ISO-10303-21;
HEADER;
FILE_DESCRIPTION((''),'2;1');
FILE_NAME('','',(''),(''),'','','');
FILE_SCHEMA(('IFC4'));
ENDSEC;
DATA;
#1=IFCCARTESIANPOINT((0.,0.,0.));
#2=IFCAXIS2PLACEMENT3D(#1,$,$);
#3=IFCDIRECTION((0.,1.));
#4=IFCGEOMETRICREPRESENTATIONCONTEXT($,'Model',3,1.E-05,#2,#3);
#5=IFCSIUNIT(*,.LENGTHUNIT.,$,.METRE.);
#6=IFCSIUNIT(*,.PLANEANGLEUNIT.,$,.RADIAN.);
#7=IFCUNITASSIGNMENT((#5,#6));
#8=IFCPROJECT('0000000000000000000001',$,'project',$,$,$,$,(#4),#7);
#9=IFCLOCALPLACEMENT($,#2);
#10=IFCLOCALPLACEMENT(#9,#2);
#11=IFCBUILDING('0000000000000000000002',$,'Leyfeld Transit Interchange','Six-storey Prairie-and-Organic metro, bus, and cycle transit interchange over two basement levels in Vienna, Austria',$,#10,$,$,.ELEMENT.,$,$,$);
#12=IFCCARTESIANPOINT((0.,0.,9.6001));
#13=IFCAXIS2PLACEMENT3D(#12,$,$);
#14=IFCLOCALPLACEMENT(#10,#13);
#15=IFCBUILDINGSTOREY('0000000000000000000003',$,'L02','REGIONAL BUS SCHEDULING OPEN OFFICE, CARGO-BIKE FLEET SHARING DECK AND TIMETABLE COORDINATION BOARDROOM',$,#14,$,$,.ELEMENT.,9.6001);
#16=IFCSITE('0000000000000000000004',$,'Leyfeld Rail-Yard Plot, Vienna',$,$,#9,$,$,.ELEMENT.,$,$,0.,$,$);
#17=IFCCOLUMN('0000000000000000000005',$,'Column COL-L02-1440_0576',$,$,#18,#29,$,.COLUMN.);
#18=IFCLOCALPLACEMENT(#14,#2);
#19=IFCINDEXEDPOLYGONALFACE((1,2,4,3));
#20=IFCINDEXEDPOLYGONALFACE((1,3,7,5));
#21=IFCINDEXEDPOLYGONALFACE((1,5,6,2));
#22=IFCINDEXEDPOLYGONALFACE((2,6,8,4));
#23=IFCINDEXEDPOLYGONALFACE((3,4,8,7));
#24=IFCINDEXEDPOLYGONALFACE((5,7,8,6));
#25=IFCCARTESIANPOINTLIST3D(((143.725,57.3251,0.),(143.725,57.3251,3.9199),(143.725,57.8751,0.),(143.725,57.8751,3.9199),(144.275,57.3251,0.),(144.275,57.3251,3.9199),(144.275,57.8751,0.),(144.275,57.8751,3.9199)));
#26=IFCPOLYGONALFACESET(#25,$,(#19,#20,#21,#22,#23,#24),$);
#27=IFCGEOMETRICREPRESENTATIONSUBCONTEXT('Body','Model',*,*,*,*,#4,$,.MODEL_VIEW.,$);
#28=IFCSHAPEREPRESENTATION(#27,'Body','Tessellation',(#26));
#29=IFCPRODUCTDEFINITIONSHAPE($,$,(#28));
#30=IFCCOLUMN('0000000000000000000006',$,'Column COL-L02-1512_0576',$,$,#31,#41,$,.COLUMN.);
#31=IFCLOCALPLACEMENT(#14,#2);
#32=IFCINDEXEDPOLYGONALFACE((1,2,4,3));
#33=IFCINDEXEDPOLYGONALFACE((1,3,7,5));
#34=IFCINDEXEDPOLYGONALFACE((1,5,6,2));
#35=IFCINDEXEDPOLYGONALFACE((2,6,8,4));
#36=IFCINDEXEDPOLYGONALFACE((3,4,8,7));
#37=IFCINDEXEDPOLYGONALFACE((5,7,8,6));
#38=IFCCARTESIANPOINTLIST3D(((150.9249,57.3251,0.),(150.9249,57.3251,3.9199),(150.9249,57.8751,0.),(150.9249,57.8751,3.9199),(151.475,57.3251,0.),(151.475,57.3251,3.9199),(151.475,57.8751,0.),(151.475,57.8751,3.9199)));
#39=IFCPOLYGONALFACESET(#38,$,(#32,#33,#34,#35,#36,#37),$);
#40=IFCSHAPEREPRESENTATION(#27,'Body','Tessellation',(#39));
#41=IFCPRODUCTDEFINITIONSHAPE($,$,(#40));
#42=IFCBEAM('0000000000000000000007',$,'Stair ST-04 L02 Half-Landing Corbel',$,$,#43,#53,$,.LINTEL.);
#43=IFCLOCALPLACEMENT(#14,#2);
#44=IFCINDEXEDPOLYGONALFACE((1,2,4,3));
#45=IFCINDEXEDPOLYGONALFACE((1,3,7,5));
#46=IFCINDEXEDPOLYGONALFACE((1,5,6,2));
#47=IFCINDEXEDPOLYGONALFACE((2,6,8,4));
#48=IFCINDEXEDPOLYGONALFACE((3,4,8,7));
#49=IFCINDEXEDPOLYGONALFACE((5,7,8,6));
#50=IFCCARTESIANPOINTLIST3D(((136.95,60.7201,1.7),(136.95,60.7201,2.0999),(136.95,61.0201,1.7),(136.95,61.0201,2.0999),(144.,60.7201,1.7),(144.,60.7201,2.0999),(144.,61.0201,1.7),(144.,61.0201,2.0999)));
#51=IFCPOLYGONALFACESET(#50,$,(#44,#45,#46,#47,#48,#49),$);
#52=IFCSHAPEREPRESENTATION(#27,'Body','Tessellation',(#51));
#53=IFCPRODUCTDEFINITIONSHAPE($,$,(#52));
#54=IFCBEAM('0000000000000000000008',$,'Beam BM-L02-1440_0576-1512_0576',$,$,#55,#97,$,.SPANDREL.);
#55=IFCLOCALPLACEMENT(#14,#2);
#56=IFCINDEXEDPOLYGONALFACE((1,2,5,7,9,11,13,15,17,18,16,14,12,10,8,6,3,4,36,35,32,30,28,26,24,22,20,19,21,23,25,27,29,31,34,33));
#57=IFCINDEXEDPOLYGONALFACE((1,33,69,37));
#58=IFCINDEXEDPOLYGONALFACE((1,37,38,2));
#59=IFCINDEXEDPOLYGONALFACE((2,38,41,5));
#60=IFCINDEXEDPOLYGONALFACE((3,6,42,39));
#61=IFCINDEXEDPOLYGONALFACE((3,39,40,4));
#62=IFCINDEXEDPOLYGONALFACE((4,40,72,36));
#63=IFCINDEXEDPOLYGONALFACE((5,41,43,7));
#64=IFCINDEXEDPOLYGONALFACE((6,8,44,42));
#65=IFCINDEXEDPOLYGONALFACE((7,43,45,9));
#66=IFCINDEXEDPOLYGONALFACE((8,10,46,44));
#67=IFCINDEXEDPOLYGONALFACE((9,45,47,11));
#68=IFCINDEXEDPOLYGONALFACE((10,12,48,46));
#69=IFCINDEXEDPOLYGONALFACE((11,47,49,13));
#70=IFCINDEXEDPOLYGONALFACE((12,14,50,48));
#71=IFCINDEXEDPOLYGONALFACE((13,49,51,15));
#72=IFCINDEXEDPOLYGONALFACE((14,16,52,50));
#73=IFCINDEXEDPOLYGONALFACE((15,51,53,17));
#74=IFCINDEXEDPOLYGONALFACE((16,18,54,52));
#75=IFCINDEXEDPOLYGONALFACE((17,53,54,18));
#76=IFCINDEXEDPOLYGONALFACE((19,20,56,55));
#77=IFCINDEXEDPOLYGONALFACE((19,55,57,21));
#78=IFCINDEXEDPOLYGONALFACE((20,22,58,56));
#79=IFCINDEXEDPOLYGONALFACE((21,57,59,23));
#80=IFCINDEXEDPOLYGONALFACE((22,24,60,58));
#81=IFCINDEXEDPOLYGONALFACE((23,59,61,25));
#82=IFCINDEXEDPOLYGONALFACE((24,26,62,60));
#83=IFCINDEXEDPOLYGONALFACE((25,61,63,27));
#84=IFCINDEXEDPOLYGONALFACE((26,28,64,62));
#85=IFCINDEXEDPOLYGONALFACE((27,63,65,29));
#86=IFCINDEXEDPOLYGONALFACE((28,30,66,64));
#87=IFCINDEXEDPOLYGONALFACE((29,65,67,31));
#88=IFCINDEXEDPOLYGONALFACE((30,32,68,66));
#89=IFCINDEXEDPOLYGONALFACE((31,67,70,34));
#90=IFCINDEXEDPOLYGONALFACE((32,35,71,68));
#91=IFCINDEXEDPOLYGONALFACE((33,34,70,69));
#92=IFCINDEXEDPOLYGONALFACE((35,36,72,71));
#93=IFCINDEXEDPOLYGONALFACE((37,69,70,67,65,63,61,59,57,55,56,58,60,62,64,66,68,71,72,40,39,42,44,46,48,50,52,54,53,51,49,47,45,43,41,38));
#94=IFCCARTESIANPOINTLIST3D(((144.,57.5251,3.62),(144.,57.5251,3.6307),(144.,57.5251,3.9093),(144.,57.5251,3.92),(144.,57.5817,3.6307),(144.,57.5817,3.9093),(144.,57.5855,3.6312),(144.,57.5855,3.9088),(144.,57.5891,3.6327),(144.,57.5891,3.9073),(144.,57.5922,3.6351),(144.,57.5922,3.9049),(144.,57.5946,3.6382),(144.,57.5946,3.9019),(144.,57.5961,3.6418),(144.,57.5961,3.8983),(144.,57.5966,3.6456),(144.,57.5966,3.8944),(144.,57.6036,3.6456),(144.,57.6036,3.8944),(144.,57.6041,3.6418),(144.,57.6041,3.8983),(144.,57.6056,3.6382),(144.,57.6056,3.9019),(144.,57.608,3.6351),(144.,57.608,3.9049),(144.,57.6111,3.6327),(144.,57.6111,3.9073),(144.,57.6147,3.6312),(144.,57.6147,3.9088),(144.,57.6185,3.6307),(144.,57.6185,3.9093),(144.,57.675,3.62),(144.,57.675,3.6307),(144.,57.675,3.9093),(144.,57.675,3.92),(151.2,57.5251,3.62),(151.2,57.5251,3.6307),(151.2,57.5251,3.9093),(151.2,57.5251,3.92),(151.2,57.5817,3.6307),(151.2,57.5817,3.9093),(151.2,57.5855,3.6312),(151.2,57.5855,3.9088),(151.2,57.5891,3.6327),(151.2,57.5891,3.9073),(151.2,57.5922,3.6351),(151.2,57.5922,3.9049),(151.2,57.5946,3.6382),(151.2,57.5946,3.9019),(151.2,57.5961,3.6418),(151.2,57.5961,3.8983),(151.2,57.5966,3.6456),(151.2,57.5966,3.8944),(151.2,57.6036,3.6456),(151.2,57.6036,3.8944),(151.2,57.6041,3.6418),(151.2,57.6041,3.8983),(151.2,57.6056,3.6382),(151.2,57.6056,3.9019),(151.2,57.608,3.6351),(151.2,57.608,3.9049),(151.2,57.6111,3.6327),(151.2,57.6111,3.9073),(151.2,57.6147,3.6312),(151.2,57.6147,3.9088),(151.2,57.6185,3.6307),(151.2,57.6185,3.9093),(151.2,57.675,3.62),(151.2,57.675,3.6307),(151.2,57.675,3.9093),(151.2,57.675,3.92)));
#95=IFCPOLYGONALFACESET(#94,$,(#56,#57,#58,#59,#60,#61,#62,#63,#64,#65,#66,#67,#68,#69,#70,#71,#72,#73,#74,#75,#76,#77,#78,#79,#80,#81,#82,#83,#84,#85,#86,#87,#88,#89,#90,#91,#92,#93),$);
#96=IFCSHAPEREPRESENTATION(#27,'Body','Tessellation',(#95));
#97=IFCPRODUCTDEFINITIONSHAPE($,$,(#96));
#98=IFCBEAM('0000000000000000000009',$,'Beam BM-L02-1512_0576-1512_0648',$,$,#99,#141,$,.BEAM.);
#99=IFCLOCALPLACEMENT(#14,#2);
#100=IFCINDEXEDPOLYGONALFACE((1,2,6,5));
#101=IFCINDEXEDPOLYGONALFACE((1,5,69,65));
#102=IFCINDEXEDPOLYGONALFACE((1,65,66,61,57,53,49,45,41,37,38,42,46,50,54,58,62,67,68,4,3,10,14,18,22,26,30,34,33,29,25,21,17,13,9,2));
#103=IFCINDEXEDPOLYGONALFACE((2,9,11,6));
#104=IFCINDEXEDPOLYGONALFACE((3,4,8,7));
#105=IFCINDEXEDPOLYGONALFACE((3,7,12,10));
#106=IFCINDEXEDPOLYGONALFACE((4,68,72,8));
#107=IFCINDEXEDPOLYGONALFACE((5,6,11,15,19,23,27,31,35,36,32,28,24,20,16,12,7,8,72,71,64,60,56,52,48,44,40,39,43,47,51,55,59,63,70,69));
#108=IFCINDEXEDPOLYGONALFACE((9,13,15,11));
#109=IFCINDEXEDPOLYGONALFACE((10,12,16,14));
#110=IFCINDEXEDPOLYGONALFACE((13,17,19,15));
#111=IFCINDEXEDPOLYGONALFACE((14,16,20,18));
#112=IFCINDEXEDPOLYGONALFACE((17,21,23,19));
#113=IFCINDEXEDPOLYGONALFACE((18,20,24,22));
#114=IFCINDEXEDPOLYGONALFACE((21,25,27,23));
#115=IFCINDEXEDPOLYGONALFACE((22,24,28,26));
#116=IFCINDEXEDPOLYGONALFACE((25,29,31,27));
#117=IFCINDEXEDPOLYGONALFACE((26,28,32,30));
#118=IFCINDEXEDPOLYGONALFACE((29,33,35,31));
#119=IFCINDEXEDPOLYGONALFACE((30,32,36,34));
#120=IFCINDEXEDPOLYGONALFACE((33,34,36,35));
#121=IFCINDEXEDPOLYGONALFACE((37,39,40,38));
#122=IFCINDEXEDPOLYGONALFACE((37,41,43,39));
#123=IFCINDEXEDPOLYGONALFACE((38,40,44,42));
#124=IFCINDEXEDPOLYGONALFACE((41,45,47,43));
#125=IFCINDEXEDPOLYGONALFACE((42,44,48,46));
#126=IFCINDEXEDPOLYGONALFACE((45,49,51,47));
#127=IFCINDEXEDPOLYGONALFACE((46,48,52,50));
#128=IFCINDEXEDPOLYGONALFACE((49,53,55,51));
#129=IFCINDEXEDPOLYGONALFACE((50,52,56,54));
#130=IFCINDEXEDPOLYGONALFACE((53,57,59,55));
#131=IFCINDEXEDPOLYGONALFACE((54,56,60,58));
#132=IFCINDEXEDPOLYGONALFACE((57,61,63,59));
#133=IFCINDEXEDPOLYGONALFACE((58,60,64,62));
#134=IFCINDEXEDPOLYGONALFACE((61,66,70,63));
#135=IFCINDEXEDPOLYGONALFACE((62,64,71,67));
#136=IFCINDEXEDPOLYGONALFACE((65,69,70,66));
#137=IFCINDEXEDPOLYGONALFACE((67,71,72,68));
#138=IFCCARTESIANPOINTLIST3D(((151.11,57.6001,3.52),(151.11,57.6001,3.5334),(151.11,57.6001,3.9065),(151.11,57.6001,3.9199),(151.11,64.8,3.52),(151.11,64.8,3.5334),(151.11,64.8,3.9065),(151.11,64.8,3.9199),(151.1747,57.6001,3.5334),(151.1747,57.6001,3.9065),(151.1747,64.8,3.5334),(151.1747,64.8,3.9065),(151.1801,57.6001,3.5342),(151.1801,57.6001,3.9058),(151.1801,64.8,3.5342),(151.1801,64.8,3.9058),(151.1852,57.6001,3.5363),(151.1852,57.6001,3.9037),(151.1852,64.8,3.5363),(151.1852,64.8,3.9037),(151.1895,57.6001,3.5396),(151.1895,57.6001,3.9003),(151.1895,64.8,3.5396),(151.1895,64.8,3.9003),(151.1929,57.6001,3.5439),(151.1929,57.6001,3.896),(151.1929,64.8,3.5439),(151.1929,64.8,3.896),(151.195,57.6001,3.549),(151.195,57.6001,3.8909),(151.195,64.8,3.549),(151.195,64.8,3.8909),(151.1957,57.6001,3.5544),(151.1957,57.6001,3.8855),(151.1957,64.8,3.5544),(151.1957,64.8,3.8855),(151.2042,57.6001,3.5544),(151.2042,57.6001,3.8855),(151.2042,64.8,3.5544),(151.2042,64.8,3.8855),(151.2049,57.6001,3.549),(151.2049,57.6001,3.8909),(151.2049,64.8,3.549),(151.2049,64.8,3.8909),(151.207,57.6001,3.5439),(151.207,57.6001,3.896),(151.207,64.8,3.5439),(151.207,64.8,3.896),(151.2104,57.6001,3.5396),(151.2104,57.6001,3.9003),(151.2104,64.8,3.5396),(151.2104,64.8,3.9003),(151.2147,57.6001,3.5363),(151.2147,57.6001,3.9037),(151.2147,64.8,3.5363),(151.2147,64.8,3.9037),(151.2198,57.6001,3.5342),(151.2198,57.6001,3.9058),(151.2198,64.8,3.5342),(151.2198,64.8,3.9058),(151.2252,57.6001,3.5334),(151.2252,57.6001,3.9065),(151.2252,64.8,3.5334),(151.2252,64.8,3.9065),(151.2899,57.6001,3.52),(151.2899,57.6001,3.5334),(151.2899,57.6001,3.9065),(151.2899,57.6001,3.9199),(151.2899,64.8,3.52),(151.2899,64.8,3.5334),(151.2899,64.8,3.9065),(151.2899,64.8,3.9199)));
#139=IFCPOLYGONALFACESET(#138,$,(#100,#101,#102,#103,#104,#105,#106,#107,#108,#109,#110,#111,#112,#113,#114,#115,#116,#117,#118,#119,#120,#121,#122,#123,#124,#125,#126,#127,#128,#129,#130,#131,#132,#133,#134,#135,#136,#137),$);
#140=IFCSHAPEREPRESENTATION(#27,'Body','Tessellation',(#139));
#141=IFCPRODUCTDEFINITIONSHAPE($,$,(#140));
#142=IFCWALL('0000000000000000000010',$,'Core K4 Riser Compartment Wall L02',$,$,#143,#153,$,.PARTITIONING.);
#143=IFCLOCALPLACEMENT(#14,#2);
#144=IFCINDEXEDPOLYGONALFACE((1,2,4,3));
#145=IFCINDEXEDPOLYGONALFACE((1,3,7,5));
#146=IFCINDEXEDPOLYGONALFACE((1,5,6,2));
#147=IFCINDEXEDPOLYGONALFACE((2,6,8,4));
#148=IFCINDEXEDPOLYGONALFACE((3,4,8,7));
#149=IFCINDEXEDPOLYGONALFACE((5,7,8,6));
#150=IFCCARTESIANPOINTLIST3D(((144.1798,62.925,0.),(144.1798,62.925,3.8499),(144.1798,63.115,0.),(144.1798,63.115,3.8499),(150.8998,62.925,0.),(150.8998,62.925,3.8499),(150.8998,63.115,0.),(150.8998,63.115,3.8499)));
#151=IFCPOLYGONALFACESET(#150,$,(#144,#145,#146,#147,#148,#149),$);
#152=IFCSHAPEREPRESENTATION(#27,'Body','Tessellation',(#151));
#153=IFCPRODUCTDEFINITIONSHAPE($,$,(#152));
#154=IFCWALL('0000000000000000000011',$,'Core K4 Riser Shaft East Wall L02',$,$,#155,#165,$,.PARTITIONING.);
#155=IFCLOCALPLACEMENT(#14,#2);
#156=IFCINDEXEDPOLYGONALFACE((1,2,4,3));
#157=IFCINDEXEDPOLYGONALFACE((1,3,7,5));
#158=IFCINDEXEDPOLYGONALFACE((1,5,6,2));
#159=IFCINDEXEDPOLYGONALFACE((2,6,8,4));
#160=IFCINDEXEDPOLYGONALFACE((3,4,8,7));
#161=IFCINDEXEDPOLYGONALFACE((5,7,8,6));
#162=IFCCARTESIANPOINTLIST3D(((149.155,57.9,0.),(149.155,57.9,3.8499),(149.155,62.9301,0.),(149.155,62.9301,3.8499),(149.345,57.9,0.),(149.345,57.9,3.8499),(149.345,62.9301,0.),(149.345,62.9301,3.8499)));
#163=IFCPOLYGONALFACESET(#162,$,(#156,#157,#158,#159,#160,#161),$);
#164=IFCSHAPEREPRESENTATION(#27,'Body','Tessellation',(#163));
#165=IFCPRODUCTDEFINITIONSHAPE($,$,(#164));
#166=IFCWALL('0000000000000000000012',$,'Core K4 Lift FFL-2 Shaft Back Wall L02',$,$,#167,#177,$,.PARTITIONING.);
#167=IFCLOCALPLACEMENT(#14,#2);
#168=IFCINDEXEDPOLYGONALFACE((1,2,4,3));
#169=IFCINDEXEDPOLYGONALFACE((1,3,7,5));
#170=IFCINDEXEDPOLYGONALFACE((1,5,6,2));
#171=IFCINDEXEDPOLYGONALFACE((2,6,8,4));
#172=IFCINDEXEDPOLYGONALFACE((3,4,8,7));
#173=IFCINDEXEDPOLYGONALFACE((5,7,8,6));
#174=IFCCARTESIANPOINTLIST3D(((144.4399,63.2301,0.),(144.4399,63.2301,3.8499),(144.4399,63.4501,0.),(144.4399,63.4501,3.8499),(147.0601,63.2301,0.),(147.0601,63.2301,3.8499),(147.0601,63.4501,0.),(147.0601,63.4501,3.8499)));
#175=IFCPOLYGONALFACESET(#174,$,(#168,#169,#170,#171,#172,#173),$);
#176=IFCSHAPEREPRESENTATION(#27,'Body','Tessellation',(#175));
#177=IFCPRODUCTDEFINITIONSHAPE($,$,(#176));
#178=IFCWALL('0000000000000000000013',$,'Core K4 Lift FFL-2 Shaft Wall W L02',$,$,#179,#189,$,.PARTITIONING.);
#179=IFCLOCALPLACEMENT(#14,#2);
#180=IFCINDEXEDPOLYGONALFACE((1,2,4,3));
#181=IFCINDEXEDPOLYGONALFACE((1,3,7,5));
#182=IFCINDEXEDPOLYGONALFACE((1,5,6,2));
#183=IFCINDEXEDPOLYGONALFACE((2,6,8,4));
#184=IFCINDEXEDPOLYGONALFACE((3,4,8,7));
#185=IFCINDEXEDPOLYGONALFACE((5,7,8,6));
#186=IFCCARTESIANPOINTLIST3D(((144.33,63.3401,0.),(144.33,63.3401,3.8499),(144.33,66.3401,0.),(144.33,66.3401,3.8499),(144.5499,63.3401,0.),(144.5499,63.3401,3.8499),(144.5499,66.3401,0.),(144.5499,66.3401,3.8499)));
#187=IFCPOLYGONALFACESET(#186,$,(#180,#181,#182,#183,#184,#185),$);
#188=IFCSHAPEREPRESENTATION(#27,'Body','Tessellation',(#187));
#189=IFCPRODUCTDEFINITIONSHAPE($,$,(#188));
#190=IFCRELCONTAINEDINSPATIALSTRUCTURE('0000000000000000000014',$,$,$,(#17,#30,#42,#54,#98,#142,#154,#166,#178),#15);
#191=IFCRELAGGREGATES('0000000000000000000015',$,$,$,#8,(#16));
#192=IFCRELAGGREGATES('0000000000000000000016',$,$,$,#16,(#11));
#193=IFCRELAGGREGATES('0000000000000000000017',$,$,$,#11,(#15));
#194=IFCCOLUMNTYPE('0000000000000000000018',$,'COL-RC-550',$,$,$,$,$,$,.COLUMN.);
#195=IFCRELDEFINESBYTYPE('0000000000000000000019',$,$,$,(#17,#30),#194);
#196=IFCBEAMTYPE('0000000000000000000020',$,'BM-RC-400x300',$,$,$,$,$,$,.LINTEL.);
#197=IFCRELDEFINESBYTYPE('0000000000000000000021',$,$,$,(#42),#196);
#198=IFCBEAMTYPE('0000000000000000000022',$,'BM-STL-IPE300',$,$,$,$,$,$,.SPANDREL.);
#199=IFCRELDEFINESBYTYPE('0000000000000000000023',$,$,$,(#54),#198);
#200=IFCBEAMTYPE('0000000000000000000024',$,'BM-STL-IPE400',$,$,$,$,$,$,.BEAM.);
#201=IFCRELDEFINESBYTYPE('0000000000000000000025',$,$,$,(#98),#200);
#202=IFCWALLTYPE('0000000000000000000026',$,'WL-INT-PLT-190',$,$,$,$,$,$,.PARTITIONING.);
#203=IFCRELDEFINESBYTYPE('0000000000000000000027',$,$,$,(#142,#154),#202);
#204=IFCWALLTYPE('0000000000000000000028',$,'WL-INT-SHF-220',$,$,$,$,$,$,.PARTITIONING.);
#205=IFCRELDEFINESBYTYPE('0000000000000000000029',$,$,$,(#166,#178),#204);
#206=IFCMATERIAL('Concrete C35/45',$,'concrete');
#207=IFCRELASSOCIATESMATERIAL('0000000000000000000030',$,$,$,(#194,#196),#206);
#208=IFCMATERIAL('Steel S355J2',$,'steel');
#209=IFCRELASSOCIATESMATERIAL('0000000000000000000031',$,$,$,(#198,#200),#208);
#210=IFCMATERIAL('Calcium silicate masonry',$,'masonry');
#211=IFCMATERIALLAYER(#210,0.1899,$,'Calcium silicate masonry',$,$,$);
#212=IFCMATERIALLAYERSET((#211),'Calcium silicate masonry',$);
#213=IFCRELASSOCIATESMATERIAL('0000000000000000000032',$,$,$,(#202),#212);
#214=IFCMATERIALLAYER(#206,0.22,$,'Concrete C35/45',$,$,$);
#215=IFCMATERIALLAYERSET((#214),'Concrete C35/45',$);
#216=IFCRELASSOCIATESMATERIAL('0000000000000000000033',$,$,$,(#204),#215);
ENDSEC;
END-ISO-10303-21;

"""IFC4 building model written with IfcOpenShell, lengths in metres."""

from ifc_helpers import new_model, si_unit, direction, frame, frame_2d, origin, origin_2d, place, context, subcontext, project, spatial, rectangle, i_section, extrude, material, layer, layer_set, material_profile, profile_set, type_object, element, save


model = new_model("IFC4")

# Units and contexts
model_context = context("Model", 3, precision=1e-05, world=origin(), true_north=direction((0.0, 1.0)))
body_context = subcontext(model_context, "Body", "Model", "MODEL_VIEW")
ifc_project = project(units=[si_unit("LENGTHUNIT", "METRE"), si_unit("PLANEANGLEUNIT", "RADIAN")], contexts=[model_context])

# Site, building, storey
site_placement = place(None, origin())
site = spatial("IfcSite", under=ifc_project, at=site_placement, Name="Leyfeld Rail-Yard Plot, Vienna", CompositionType="ELEMENT", RefElevation=0.0)
building_placement = place(site_placement, origin())
building = spatial("IfcBuilding", under=site, at=building_placement, Name="Leyfeld Transit Interchange", Description="Six-storey Prairie-and-Organic metro, bus, and cycle transit interchange over two basement levels in Vienna, Austria", CompositionType="ELEMENT")
storey_placement = place(building_placement, frame((0.0, 0.0, 9.6001)))
storey = spatial("IfcBuildingStorey", under=building, at=storey_placement, Name="L02", Description="REGIONAL BUS SCHEDULING OPEN OFFICE, CARGO-BIKE FLEET SHARING DECK AND TIMETABLE COORDINATION BOARDROOM", CompositionType="ELEMENT", Elevation=9.6001)

# Columns
ifc_material_1 = material(Name="Concrete C35/45", Category="concrete")
ifc_material_profile_1 = material_profile(ifc_material_1, rectangle(XDim=0.55, YDim=0.55, at=origin_2d()), Name="RC 550x550")
ifc_profile_set_1 = profile_set([ifc_material_profile_1], Name="Concrete C35/45")
column_type = type_object("IfcColumnType", Name="COL-RC-550", PredefinedType="COLUMN", material=ifc_profile_set_1)
for number, where, z_axis, x_axis, name in (
    (1, (144.0, 57.6001, 0.0), (0.0, 0.0, 1.0), (1.0, 0.0, 0.0), "Column COL-L02-1440_0576"),
    (2, (151.2, 57.6001, 0.0), (0.0, 0.0, 1.0), (1.0, 0.0, 0.0), "Column COL-L02-1512_0576"),
):
    element("IfcColumn", number, at=place(storey_placement, frame(where, z_axis=z_axis, x_axis=x_axis)), inside=storey, type_object=column_type, Name=name, PredefinedType="COLUMN", context=body_context, shape_type="SweptSolid", body=[
        extrude(rectangle(XDim=0.55, YDim=0.55, at=origin_2d()), origin(), (0.0, 0.0, 1.0), 3.9199),
    ])

# Beams
ifc_material_profile_2 = material_profile(ifc_material_1, rectangle(XDim=0.3, YDim=0.3999, at=origin_2d()), Name="RC 400x300")
ifc_profile_set_2 = profile_set([ifc_material_profile_2], Name="Concrete C35/45")
beam_type_1 = type_object("IfcBeamType", Name="BM-RC-400x300", PredefinedType="LINTEL", material=ifc_profile_set_2)
beam_1_placement = place(storey_placement, frame((136.95, 60.8701, 1.8999), z_axis=(1.0, 0.0, 0.0), x_axis=(0.0, 1.0, 0.0)))
element("IfcBeam", 3, at=beam_1_placement, inside=storey, type_object=beam_type_1, Name="Stair ST-04 L02 Half-Landing Corbel", PredefinedType="LINTEL", context=body_context, shape_type="SweptSolid", body=[
    extrude(rectangle(XDim=0.3, YDim=0.3999, at=origin_2d()), origin(), (0.0, 0.0, 1.0), 7.05),
])
ifc_material_2 = material(Name="Steel S355J2", Category="steel")
ifc_material_profile_3 = material_profile(ifc_material_2, i_section(OverallWidth=0.1499, OverallDepth=0.3, WebThickness=0.0071, FlangeThickness=0.0107, FilletRadius=0.0149, at=origin_2d()), Name="IPE 300")
ifc_profile_set_3 = profile_set([ifc_material_profile_3], Name="Steel S355J2")
beam_type_2 = type_object("IfcBeamType", Name="BM-STL-IPE300", PredefinedType="SPANDREL", material=ifc_profile_set_3)
beam_2_placement = place(storey_placement, frame((144.0, 57.6001, 3.77), z_axis=(1.0, 0.0, 0.0), x_axis=(0.0, 1.0, 0.0)))
element("IfcBeam", 4, at=beam_2_placement, inside=storey, type_object=beam_type_2, Name="Beam BM-L02-1440_0576-1512_0576", PredefinedType="SPANDREL", context=body_context, shape_type="SweptSolid", body=[
    extrude(i_section(OverallWidth=0.1499, OverallDepth=0.3, WebThickness=0.0071, FlangeThickness=0.0107, FilletRadius=0.0149, at=origin_2d()), origin(), (0.0, 0.0, 1.0), 7.2),
])
ifc_material_profile_4 = material_profile(ifc_material_2, i_section(OverallWidth=0.1799, OverallDepth=0.3999, WebThickness=0.0085, FlangeThickness=0.0134, FilletRadius=0.021, at=origin_2d()), Name="IPE 400")
ifc_profile_set_4 = profile_set([ifc_material_profile_4], Name="Steel S355J2")
beam_type_3 = type_object("IfcBeamType", Name="BM-STL-IPE400", PredefinedType="BEAM", material=ifc_profile_set_4)
beam_3_placement = place(storey_placement, frame((151.2, 57.6001, 3.72), z_axis=(0.0, 1.0, 0.0), x_axis=(-1.0, 0.0, 0.0)))
element("IfcBeam", 5, at=beam_3_placement, inside=storey, type_object=beam_type_3, Name="Beam BM-L02-1512_0576-1512_0648", PredefinedType="BEAM", context=body_context, shape_type="SweptSolid", body=[
    extrude(i_section(OverallWidth=0.1799, OverallDepth=0.3999, WebThickness=0.0085, FlangeThickness=0.0134, FilletRadius=0.021, at=origin_2d()), origin(), (0.0, 0.0, 1.0), 7.2),
])

# Walls
ifc_material_3 = material(Name="Calcium silicate masonry", Category="masonry")
ifc_layer_1 = layer(ifc_material_3, 0.1899, Name="Calcium silicate masonry")
ifc_layer_set_1 = layer_set([ifc_layer_1], Name="Calcium silicate masonry")
wall_type_1 = type_object("IfcWallType", Name="WL-INT-PLT-190", PredefinedType="PARTITIONING", material=ifc_layer_set_1)
wall_1_placement = place(storey_placement, frame((144.1799, 63.02, 0.0), z_axis=(0.0, 0.0, 1.0), x_axis=(1.0, 0.0, 0.0)))
element("IfcWall", 6, at=wall_1_placement, inside=storey, type_object=wall_type_1, Name="Core K4 Riser Compartment Wall L02", PredefinedType="PARTITIONING", context=body_context, shape_type="SweptSolid", body=[
    extrude(rectangle(XDim=6.72, YDim=0.1899, at=frame_2d((3.3599, 0.0))), origin(), (0.0, 0.0, 1.0), 3.8499),
])
wall_2_placement = place(storey_placement, frame((149.25, 57.8999, 0.0), z_axis=(0.0, 0.0, 1.0), x_axis=(0.0, 1.0, 0.0)))
element("IfcWall", 7, at=wall_2_placement, inside=storey, type_object=wall_type_1, Name="Core K4 Riser Shaft East Wall L02", PredefinedType="PARTITIONING", context=body_context, shape_type="SweptSolid", body=[
    extrude(rectangle(XDim=5.03, YDim=0.1899, at=frame_2d((2.5151, 0.0))), origin(), (0.0, 0.0, 1.0), 3.8499),
])
ifc_layer_2 = layer(ifc_material_1, 0.22, Name="Concrete C35/45")
ifc_layer_set_2 = layer_set([ifc_layer_2], Name="Concrete C35/45")
wall_type_2 = type_object("IfcWallType", Name="WL-INT-SHF-220", PredefinedType="PARTITIONING", material=ifc_layer_set_2)
wall_3_placement = place(storey_placement, frame((144.4399, 63.3401, 0.0), z_axis=(0.0, 0.0, 1.0), x_axis=(1.0, 0.0, 0.0)))
element("IfcWall", 8, at=wall_3_placement, inside=storey, type_object=wall_type_2, Name="Core K4 Lift FFL-2 Shaft Back Wall L02", PredefinedType="PARTITIONING", context=body_context, shape_type="SweptSolid", body=[
    extrude(rectangle(XDim=2.6201, YDim=0.22, at=frame_2d((1.3101, 0.0))), origin(), (0.0, 0.0, 1.0), 3.8499),
])
for number, where, z_axis, x_axis, name in (
    (9, (144.4399, 63.3401, 0.0), (0.0, 0.0, 1.0), (0.0, 1.0, 0.0), "Core K4 Lift FFL-2 Shaft Wall W L02"),
):
    element("IfcWall", number, at=place(storey_placement, frame(where, z_axis=z_axis, x_axis=x_axis)), inside=storey, type_object=wall_type_2, Name=name, PredefinedType="PARTITIONING", context=body_context, shape_type="SweptSolid", body=[
        extrude(rectangle(XDim=3.0, YDim=0.22, at=frame_2d((1.5, 0.0))), origin(), (0.0, 0.0, 1.0), 3.8499),
    ])

save(model, "model.ifc")
